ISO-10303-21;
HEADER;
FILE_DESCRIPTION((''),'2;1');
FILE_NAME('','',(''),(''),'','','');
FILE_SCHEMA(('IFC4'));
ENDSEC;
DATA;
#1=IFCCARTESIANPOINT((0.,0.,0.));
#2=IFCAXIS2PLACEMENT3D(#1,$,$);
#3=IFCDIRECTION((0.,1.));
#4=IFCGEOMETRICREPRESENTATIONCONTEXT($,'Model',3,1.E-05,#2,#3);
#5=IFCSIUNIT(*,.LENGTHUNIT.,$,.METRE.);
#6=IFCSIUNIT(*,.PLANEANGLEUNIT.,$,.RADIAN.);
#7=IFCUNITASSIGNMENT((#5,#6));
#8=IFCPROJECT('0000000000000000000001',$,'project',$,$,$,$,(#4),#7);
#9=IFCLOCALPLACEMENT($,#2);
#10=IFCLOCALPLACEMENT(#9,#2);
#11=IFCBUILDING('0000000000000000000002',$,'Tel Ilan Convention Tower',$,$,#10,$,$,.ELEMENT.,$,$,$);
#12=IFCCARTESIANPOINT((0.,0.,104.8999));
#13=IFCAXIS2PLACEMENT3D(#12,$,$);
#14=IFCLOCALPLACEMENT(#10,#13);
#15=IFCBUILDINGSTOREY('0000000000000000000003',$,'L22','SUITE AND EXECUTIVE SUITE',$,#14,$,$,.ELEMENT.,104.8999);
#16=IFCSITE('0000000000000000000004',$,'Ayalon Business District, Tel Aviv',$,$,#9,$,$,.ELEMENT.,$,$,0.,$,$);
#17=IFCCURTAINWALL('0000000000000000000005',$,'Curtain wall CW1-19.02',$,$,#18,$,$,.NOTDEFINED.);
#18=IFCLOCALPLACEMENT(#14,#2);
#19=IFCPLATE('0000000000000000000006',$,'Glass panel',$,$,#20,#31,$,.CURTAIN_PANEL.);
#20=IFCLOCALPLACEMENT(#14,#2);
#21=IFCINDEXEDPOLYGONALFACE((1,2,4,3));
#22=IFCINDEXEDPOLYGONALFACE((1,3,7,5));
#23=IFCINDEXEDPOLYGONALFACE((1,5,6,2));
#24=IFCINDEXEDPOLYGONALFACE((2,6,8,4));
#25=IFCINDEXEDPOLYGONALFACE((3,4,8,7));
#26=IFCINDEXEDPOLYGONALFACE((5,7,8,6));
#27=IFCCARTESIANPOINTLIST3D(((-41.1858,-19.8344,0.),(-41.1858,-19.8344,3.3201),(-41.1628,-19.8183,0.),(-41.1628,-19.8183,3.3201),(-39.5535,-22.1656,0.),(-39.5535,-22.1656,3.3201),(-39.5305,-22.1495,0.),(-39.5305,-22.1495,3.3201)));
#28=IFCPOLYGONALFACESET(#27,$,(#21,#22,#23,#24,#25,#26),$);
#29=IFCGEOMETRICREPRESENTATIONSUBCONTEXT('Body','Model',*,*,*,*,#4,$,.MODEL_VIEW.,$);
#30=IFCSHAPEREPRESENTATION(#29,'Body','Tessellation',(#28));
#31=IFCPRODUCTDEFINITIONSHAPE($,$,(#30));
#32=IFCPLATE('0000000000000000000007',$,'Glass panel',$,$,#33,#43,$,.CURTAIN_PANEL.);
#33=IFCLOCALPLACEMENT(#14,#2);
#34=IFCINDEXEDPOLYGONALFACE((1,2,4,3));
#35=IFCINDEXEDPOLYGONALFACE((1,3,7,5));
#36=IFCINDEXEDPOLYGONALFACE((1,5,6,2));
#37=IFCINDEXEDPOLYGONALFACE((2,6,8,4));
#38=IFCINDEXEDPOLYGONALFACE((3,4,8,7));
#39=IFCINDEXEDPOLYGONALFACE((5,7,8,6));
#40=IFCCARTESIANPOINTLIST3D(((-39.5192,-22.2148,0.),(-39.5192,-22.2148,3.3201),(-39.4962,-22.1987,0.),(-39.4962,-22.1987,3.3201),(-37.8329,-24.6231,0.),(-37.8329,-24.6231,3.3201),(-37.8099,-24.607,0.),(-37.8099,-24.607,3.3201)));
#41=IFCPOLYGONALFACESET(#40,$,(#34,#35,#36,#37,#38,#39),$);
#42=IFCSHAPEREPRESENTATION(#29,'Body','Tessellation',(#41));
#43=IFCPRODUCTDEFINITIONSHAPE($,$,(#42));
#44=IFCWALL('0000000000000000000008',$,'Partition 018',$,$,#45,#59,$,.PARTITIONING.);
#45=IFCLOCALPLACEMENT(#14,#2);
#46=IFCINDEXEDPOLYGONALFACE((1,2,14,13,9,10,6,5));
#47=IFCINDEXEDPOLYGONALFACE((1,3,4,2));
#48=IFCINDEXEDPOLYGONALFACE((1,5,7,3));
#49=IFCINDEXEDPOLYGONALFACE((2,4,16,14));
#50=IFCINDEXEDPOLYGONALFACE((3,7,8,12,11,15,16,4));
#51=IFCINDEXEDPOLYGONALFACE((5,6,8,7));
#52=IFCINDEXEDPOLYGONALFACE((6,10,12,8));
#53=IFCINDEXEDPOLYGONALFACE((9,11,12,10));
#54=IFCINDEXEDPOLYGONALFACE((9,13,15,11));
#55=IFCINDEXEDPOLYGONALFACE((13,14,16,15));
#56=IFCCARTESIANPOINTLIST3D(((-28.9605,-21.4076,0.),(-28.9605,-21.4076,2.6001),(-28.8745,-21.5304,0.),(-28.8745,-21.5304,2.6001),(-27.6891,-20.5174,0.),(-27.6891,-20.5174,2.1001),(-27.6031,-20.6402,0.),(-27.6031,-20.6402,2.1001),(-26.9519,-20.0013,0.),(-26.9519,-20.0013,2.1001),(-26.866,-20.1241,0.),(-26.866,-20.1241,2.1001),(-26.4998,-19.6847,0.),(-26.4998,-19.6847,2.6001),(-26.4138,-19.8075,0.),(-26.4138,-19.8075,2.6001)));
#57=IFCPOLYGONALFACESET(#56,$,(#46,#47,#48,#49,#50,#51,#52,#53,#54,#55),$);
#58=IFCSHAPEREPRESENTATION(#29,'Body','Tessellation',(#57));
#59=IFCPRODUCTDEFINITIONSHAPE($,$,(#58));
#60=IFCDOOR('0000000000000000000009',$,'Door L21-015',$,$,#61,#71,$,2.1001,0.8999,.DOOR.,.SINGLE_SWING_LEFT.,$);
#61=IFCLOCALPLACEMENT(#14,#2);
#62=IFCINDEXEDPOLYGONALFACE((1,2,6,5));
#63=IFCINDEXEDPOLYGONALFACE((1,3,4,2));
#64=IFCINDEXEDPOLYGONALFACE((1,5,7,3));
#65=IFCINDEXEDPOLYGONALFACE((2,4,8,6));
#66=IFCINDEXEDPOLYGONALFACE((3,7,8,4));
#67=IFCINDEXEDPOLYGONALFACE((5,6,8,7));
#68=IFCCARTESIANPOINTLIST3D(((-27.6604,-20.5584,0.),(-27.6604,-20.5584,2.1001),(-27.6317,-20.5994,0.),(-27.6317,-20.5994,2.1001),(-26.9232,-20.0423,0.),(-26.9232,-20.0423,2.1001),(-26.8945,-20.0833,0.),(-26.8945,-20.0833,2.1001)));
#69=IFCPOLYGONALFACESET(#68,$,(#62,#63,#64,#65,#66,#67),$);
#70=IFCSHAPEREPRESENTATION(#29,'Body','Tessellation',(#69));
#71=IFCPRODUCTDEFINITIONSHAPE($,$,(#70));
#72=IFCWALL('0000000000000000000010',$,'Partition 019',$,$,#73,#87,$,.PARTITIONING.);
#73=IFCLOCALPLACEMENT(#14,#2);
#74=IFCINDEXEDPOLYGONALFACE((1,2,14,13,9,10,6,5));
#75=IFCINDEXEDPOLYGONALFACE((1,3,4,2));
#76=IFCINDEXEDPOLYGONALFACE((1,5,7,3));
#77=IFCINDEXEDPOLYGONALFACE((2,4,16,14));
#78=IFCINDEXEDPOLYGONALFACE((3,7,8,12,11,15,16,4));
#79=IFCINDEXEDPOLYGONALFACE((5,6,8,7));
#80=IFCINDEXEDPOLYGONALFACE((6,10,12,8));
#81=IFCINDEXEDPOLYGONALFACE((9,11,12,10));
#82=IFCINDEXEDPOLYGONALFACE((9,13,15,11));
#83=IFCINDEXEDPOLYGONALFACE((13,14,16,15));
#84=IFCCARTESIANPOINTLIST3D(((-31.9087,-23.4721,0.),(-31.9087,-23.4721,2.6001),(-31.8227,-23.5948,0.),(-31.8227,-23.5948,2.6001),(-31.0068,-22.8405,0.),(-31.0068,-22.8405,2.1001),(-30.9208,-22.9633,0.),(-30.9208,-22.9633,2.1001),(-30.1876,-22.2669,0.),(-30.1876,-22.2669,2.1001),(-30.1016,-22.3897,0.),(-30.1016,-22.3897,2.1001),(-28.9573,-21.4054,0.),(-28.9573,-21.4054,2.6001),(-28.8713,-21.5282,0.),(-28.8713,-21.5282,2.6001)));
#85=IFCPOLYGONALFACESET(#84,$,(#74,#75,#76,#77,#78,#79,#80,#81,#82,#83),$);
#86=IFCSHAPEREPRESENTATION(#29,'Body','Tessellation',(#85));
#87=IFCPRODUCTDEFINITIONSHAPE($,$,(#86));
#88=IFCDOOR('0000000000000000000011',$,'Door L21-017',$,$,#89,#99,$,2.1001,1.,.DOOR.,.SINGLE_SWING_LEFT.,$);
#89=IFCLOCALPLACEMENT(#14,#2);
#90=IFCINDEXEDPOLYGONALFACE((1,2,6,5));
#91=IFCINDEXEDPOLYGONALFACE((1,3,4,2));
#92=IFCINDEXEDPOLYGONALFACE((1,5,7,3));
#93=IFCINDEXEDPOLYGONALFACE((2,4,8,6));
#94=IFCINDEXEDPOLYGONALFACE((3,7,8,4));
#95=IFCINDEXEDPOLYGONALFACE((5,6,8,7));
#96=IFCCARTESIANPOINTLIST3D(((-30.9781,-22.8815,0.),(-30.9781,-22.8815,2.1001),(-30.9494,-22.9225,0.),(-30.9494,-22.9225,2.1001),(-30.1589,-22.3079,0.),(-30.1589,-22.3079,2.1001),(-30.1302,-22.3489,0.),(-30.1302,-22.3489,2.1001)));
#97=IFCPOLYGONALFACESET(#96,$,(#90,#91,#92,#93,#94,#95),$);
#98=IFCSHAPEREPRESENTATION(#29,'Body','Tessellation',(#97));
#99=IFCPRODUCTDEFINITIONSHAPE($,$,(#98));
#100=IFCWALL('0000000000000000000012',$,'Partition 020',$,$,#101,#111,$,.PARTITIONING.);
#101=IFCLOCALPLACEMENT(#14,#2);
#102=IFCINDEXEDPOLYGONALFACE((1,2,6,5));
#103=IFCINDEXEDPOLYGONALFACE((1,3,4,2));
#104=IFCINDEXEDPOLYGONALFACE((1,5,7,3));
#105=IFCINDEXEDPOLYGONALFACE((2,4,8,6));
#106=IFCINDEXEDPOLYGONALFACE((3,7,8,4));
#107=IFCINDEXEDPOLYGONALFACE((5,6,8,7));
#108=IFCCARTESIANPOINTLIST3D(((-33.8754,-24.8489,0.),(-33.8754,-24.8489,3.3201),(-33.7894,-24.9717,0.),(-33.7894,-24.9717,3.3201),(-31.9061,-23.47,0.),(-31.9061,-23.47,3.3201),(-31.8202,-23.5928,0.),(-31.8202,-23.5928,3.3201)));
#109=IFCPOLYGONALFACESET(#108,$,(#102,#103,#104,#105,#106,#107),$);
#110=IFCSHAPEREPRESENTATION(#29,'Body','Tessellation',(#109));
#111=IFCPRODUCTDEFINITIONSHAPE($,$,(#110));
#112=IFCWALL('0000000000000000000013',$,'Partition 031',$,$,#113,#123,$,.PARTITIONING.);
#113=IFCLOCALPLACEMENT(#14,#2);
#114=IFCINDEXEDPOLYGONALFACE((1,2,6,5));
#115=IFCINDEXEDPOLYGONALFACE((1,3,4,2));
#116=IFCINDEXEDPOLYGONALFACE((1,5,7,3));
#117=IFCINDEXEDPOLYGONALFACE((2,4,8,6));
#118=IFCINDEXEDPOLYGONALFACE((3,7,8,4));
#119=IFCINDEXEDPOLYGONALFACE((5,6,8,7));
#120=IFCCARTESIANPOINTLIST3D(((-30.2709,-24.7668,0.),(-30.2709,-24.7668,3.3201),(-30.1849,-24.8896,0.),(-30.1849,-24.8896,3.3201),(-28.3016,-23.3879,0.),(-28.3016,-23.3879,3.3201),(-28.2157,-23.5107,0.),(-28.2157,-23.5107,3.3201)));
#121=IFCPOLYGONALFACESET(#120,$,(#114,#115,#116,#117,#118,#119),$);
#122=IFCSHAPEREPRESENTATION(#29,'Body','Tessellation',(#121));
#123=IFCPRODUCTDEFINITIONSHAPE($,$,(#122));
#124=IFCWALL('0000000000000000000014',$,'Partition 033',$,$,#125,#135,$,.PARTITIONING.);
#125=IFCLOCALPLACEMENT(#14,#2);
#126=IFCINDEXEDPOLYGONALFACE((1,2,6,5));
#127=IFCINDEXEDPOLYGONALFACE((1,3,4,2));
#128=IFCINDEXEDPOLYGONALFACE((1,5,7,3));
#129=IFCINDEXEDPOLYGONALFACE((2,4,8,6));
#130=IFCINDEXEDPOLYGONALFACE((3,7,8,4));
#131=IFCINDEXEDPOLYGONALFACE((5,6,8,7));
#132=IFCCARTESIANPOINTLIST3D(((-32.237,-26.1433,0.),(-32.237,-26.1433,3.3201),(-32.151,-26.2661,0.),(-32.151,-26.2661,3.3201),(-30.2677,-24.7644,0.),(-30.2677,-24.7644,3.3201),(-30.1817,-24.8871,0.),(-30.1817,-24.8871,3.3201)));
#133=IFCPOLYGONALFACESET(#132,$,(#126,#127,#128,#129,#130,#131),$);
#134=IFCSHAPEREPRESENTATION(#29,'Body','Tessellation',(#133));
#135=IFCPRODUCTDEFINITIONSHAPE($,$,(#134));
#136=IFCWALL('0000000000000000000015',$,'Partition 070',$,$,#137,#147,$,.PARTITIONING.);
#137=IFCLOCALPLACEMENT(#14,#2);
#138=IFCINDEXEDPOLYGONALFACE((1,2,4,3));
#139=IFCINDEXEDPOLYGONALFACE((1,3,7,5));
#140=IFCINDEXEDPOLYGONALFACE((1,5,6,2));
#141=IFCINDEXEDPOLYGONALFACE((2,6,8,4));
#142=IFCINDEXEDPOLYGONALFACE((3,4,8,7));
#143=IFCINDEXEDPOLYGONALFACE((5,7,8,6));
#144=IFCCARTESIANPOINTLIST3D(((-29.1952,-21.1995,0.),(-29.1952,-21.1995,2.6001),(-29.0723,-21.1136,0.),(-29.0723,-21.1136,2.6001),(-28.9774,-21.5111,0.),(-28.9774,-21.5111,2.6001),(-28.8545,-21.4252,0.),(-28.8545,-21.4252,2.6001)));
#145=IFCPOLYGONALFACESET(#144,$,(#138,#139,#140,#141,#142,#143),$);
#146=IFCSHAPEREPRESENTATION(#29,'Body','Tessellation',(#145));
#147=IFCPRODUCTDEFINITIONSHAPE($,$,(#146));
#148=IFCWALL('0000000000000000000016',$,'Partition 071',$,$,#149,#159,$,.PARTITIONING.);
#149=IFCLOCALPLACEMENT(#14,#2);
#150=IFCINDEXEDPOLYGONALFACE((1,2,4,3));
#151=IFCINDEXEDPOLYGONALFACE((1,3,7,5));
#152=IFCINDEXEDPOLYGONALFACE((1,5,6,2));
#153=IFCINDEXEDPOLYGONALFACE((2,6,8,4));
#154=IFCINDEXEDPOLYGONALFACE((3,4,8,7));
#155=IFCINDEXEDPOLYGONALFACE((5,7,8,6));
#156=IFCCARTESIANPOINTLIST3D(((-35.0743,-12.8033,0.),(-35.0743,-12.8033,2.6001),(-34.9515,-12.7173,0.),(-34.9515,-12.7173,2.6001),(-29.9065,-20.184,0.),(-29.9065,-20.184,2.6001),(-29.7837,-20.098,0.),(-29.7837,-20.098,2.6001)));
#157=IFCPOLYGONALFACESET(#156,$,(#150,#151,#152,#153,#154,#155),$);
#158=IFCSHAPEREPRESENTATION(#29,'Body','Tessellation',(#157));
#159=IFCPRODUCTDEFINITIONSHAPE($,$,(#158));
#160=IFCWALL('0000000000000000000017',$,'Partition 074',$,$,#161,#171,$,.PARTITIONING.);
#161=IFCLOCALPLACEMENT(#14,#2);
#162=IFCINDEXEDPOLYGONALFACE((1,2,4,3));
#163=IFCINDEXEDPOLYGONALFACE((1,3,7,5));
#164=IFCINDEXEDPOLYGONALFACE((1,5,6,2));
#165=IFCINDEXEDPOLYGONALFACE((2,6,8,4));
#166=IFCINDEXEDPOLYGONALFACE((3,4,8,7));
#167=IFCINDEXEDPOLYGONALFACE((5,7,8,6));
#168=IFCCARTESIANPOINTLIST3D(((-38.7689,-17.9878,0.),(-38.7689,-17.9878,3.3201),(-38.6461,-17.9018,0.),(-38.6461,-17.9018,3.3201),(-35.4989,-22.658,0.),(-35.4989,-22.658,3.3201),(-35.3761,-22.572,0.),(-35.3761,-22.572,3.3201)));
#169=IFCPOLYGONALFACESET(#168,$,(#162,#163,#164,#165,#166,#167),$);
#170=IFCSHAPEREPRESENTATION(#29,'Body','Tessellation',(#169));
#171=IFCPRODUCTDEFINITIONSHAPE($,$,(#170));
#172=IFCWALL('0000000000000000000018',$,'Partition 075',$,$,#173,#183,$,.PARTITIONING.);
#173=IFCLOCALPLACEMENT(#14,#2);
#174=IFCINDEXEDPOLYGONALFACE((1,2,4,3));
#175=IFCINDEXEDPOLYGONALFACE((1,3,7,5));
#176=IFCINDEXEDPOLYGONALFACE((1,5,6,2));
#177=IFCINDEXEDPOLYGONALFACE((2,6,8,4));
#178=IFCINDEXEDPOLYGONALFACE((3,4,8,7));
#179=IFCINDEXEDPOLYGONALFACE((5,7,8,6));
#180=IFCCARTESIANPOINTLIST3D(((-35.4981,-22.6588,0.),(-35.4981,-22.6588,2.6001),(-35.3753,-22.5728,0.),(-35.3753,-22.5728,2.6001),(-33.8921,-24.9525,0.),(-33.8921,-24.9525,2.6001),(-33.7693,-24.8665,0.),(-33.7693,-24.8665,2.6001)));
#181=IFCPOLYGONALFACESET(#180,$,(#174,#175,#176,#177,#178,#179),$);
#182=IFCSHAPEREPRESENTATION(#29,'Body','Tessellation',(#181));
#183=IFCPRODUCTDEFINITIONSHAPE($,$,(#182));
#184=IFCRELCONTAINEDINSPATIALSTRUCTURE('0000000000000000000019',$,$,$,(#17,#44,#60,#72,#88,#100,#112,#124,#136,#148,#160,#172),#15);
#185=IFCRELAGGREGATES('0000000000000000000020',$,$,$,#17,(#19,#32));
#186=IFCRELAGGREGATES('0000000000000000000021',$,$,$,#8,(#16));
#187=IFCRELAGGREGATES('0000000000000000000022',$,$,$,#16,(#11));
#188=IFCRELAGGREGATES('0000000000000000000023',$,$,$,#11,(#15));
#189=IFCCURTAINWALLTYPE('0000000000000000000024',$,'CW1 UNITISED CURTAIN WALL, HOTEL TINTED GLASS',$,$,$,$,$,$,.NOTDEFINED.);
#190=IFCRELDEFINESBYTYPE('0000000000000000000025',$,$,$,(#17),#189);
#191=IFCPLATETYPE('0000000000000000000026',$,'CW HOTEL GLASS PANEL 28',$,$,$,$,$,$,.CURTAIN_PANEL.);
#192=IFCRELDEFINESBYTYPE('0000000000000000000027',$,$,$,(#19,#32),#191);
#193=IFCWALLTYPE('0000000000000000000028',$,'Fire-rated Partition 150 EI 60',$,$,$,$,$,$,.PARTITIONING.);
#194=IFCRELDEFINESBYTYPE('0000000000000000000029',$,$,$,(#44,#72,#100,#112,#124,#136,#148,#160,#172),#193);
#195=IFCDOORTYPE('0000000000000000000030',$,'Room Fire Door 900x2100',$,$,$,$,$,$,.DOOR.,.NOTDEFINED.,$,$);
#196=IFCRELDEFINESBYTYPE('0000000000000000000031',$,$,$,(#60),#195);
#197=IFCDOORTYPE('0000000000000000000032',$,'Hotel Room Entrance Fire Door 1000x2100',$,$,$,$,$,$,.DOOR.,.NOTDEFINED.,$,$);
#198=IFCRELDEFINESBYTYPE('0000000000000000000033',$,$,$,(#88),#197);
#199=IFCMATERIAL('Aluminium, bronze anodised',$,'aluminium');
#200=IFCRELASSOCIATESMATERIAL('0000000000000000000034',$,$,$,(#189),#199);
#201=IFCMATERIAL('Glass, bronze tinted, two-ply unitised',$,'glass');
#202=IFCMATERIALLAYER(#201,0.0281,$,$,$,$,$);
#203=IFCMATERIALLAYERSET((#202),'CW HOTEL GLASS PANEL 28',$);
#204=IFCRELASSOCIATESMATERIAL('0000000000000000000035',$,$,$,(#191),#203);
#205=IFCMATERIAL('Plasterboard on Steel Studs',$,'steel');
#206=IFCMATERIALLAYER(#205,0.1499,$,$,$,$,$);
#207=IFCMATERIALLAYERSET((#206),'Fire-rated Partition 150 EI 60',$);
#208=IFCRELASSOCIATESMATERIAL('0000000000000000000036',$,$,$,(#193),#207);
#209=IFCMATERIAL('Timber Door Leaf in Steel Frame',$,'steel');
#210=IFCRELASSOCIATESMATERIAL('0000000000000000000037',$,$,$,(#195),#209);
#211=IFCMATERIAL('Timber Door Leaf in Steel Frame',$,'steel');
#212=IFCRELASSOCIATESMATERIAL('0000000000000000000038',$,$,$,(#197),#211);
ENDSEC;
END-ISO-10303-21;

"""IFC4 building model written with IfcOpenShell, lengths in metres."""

from ifc_helpers import new_model, si_unit, direction, frame, frame_2d, origin, origin_2d, place, context, subcontext, project, spatial, rectangle, extrude, material, layer, layer_set, type_object, element, fill, aggregate, save


model = new_model("IFC4")

# Units and contexts
model_context = context("Model", 3, precision=1e-05, world=origin(), true_north=direction((0.0, 1.0)))
body_context = subcontext(model_context, "Body", "Model", "MODEL_VIEW")
ifc_project = project(units=[si_unit("LENGTHUNIT", "METRE"), si_unit("PLANEANGLEUNIT", "RADIAN")], contexts=[model_context])

# Site, building, storey
site_placement = place(None, origin())
site = spatial("IfcSite", under=ifc_project, at=site_placement, Name="Ayalon Business District, Tel Aviv", CompositionType="ELEMENT", RefElevation=0.0)
building_placement = place(site_placement, origin())
building = spatial("IfcBuilding", under=site, at=building_placement, Name="Tel Ilan Convention Tower", CompositionType="ELEMENT")
storey_placement = place(building_placement, frame((0.0, 0.0, 104.8999)))
storey = spatial("IfcBuildingStorey", under=building, at=storey_placement, Name="L22", Description="SUITE AND EXECUTIVE SUITE", CompositionType="ELEMENT", Elevation=104.8999)

# Curtain wall, plates
ifc_material_1 = material(Name="Aluminium, bronze anodised", Category="aluminium")
curtain_wall_type = type_object("IfcCurtainWallType", Name="CW1 UNITISED CURTAIN WALL, HOTEL TINTED GLASS", PredefinedType="NOTDEFINED", material=ifc_material_1)
curtain_wall_placement = place(storey_placement, origin())
curtain_wall = element("IfcCurtainWall", 1, at=curtain_wall_placement, inside=storey, type_object=curtain_wall_type, Name="Curtain wall CW1-19.02", PredefinedType="NOTDEFINED")
ifc_material_2 = material(Name="Glass, bronze tinted, two-ply unitised", Category="glass")
ifc_layer_1 = layer(ifc_material_2, 0.0281)
ifc_layer_set_1 = layer_set([ifc_layer_1], Name="CW HOTEL GLASS PANEL 28")
plate_type = type_object("IfcPlateType", Name="CW HOTEL GLASS PANEL 28", PredefinedType="CURTAIN_PANEL", material=ifc_layer_set_1)
plate_1_placement = place(storey_placement, frame((-40.3582, -20.9919, 0.0), z_axis=(0.0, 0.0, 1.0), x_axis=(0.573576, -0.819152, 0.0)))
plate_1 = element("IfcPlate", 2, at=plate_1_placement, type_object=plate_type, Name="Glass panel", PredefinedType="CURTAIN_PANEL", context=body_context, shape_type="SweptSolid", body=[
    extrude(rectangle(XDim=2.8459, YDim=0.0281, at=origin_2d()), origin(), (0.0, 0.0, 1.0), 3.3201),
])
plate_2_placement = place(storey_placement, frame((-38.6646, -23.4109, 0.0), z_axis=(0.0, 0.0, 1.0), x_axis=(0.573576, -0.819152, 0.0)))
plate_2 = element("IfcPlate", 3, at=plate_2_placement, type_object=plate_type, Name="Glass panel", PredefinedType="CURTAIN_PANEL", context=body_context, shape_type="SweptSolid", body=[
    extrude(rectangle(XDim=2.9399, YDim=0.0281, at=origin_2d()), origin(), (0.0, 0.0, 1.0), 3.3201),
])
aggregate(curtain_wall, [plate_1, plate_2])

# Walls, openings, doors
ifc_material_3 = material(Name="Plasterboard on Steel Studs", Category="steel")
ifc_layer_2 = layer(ifc_material_3, 0.1499)
ifc_layer_set_2 = layer_set([ifc_layer_2], Name="Fire-rated Partition 150 EI 60")
wall_type_1 = type_object("IfcWallType", Name="Fire-rated Partition 150 EI 60", PredefinedType="PARTITIONING", material=ifc_layer_set_2)
wall_1_placement = place(storey_placement, frame((-28.9175, -21.469, 0.0), z_axis=(0.0, 0.0, 1.0), x_axis=(0.819167, 0.573555, 0.0)))
wall_1 = element("IfcWall", 4, at=wall_1_placement, inside=storey, type_object=wall_type_1, Name="Partition 018", PredefinedType="PARTITIONING", context=body_context, shape_type="SweptSolid", body=[
    extrude(rectangle(XDim=3.0039, YDim=0.1499, at=frame_2d((1.502, 0.0))), origin(), (0.0, 0.0, 1.0), 2.6001),
])
opening_1_placement = place(wall_1_placement, frame((1.552, 0.0, 0.0)))
opening_1 = element("IfcOpeningElement", 5, at=opening_1_placement, cuts=wall_1, PredefinedType="OPENING", context=body_context, shape_type="SweptSolid", body=[
    extrude(rectangle(XDim=0.8999, YDim=2.1001, at=frame_2d((0.45, 1.05))), frame((0.0, 0.085, 0.0), z_axis=(0.0, -1.0, 0.0), x_axis=(1.0, 0.0, 0.0)), (0.0, 0.0, 1.0), 0.1699),
])
ifc_material_4 = material(Name="Timber Door Leaf in Steel Frame", Category="steel")
door_type_1 = type_object("IfcDoorType", Name="Room Fire Door 900x2100", OperationType="NOTDEFINED", PredefinedType="DOOR", material=ifc_material_4)
door_1_placement = place(opening_1_placement, origin())
door_1 = element("IfcDoor", 6, at=door_1_placement, inside=storey, type_object=door_type_1, Name="Door L21-015", OperationType="SINGLE_SWING_LEFT", OverallHeight=2.1001, OverallWidth=0.8999, PredefinedType="DOOR", context=body_context, shape_type="SweptSolid", body=[
    extrude(rectangle(XDim=0.8999, YDim=2.1001, at=frame_2d((0.45, 1.05))), frame((0.0, 0.0249, 0.0), z_axis=(0.0, -1.0, 0.0), x_axis=(1.0, 0.0, 0.0)), (0.0, 0.0, 1.0), 0.05),
])
fill(opening_1, door_1)
wall_2_placement = place(storey_placement, frame((-31.8657, -23.5334, 0.0), z_axis=(0.0, 0.0, 1.0), x_axis=(0.819146, 0.573585, 0.0)))
wall_2 = element("IfcWall", 7, at=wall_2_placement, inside=storey, type_object=wall_type_1, Name="Partition 019", PredefinedType="PARTITIONING", context=body_context, shape_type="SweptSolid", body=[
    extrude(rectangle(XDim=3.603, YDim=0.1499, at=frame_2d((1.8015, 0.0))), origin(), (0.0, 0.0, 1.0), 2.6001),
])
opening_2_placement = place(wall_2_placement, frame((1.1011, 0.0, 0.0)))
opening_2 = element("IfcOpeningElement", 8, at=opening_2_placement, cuts=wall_2, PredefinedType="OPENING", context=body_context, shape_type="SweptSolid", body=[
    extrude(rectangle(XDim=1.0, YDim=2.1001, at=frame_2d((0.5, 1.05))), frame((0.0, 0.085, 0.0), z_axis=(0.0, -1.0, 0.0), x_axis=(1.0, 0.0, 0.0)), (0.0, 0.0, 1.0), 0.1699),
])
ifc_material_5 = material(Name="Timber Door Leaf in Steel Frame", Category="steel")
door_type_2 = type_object("IfcDoorType", Name="Hotel Room Entrance Fire Door 1000x2100", OperationType="NOTDEFINED", PredefinedType="DOOR", material=ifc_material_5)
door_2_placement = place(opening_2_placement, origin())
door_2 = element("IfcDoor", 9, at=door_2_placement, inside=storey, type_object=door_type_2, Name="Door L21-017", OperationType="SINGLE_SWING_LEFT", OverallHeight=2.1001, OverallWidth=1.0, PredefinedType="DOOR", context=body_context, shape_type="SweptSolid", body=[
    extrude(rectangle(XDim=1.0, YDim=2.1001, at=frame_2d((0.5, 1.05))), frame((0.0, 0.0249, 0.0), z_axis=(0.0, -1.0, 0.0), x_axis=(1.0, 0.0, 0.0)), (0.0, 0.0, 1.0), 0.05),
])
fill(opening_2, door_2)

# Walls
for number, where, z_axis, x_axis, name in (
    (10, (-33.8325, -24.9104, 0.0), (0.0, 0.0, 1.0), (0.819146, 0.573585, 0.0), "Partition 020"),
    (11, (-28.2585, -23.4492, 0.0), (0.0, 0.0, 1.0), (-0.819146, -0.573585, 0.0), "Partition 031"),
    (12, (-30.2246, -24.8257, 0.0), (0.0, 0.0, 1.0), (-0.819146, -0.573585, 0.0), "Partition 033"),
):
    element("IfcWall", number, at=place(storey_placement, frame(where, z_axis=z_axis, x_axis=x_axis)), inside=storey, type_object=wall_type_1, Name=name, PredefinedType="PARTITIONING", context=body_context, shape_type="SweptSolid", body=[
        extrude(rectangle(XDim=2.4041, YDim=0.1499, at=frame_2d((1.2021, 0.0))), origin(), (0.0, 0.0, 1.0), 3.3201),
    ])
wall_3_placement = place(storey_placement, frame((-28.916, -21.468, 0.0), z_axis=(0.0, 0.0, 1.0), x_axis=(-0.572945, 0.819594, 0.0)))
element("IfcWall", 13, at=wall_3_placement, inside=storey, type_object=wall_type_1, Name="Partition 070", PredefinedType="PARTITIONING", context=body_context, shape_type="SweptSolid", body=[
    extrude(rectangle(XDim=0.3801, YDim=0.1499, at=frame_2d((0.1899, 0.0))), origin(), (0.0, 0.0, 1.0), 2.6001),
])
wall_4_placement = place(storey_placement, frame((-29.8452, -20.1409, 0.0), z_axis=(0.0, 0.0, 1.0), x_axis=(-0.573559, 0.819164, 0.0)))
element("IfcWall", 14, at=wall_4_placement, inside=storey, type_object=wall_type_1, Name="Partition 071", PredefinedType="PARTITIONING", context=body_context, shape_type="SweptSolid", body=[
    extrude(rectangle(XDim=9.01, YDim=0.1499, at=frame_2d((4.5049, 0.0))), origin(), (0.0, 0.0, 1.0), 2.6001),
])
wall_5_placement = place(storey_placement, frame((-35.4375, -22.615, 0.0), z_axis=(0.0, 0.0, 1.0), x_axis=(-0.573569, 0.819157, 0.0)))
element("IfcWall", 15, at=wall_5_placement, inside=storey, type_object=wall_type_1, Name="Partition 074", PredefinedType="PARTITIONING", context=body_context, shape_type="SweptSolid", body=[
    extrude(rectangle(XDim=5.7012, YDim=0.1499, at=frame_2d((2.8506, 0.0))), origin(), (0.0, 0.0, 1.0), 3.3201),
])
wall_6_placement = place(storey_placement, frame((-33.8308, -24.9094, 0.0), z_axis=(0.0, 0.0, 1.0), x_axis=(-0.57355, 0.81917, 0.0)))
element("IfcWall", 16, at=wall_6_placement, inside=storey, type_object=wall_type_1, Name="Partition 075", PredefinedType="PARTITIONING", context=body_context, shape_type="SweptSolid", body=[
    extrude(rectangle(XDim=2.8, YDim=0.1499, at=frame_2d((1.3999, 0.0))), origin(), (0.0, 0.0, 1.0), 2.6001),
])

save(model, "model.ifc")
